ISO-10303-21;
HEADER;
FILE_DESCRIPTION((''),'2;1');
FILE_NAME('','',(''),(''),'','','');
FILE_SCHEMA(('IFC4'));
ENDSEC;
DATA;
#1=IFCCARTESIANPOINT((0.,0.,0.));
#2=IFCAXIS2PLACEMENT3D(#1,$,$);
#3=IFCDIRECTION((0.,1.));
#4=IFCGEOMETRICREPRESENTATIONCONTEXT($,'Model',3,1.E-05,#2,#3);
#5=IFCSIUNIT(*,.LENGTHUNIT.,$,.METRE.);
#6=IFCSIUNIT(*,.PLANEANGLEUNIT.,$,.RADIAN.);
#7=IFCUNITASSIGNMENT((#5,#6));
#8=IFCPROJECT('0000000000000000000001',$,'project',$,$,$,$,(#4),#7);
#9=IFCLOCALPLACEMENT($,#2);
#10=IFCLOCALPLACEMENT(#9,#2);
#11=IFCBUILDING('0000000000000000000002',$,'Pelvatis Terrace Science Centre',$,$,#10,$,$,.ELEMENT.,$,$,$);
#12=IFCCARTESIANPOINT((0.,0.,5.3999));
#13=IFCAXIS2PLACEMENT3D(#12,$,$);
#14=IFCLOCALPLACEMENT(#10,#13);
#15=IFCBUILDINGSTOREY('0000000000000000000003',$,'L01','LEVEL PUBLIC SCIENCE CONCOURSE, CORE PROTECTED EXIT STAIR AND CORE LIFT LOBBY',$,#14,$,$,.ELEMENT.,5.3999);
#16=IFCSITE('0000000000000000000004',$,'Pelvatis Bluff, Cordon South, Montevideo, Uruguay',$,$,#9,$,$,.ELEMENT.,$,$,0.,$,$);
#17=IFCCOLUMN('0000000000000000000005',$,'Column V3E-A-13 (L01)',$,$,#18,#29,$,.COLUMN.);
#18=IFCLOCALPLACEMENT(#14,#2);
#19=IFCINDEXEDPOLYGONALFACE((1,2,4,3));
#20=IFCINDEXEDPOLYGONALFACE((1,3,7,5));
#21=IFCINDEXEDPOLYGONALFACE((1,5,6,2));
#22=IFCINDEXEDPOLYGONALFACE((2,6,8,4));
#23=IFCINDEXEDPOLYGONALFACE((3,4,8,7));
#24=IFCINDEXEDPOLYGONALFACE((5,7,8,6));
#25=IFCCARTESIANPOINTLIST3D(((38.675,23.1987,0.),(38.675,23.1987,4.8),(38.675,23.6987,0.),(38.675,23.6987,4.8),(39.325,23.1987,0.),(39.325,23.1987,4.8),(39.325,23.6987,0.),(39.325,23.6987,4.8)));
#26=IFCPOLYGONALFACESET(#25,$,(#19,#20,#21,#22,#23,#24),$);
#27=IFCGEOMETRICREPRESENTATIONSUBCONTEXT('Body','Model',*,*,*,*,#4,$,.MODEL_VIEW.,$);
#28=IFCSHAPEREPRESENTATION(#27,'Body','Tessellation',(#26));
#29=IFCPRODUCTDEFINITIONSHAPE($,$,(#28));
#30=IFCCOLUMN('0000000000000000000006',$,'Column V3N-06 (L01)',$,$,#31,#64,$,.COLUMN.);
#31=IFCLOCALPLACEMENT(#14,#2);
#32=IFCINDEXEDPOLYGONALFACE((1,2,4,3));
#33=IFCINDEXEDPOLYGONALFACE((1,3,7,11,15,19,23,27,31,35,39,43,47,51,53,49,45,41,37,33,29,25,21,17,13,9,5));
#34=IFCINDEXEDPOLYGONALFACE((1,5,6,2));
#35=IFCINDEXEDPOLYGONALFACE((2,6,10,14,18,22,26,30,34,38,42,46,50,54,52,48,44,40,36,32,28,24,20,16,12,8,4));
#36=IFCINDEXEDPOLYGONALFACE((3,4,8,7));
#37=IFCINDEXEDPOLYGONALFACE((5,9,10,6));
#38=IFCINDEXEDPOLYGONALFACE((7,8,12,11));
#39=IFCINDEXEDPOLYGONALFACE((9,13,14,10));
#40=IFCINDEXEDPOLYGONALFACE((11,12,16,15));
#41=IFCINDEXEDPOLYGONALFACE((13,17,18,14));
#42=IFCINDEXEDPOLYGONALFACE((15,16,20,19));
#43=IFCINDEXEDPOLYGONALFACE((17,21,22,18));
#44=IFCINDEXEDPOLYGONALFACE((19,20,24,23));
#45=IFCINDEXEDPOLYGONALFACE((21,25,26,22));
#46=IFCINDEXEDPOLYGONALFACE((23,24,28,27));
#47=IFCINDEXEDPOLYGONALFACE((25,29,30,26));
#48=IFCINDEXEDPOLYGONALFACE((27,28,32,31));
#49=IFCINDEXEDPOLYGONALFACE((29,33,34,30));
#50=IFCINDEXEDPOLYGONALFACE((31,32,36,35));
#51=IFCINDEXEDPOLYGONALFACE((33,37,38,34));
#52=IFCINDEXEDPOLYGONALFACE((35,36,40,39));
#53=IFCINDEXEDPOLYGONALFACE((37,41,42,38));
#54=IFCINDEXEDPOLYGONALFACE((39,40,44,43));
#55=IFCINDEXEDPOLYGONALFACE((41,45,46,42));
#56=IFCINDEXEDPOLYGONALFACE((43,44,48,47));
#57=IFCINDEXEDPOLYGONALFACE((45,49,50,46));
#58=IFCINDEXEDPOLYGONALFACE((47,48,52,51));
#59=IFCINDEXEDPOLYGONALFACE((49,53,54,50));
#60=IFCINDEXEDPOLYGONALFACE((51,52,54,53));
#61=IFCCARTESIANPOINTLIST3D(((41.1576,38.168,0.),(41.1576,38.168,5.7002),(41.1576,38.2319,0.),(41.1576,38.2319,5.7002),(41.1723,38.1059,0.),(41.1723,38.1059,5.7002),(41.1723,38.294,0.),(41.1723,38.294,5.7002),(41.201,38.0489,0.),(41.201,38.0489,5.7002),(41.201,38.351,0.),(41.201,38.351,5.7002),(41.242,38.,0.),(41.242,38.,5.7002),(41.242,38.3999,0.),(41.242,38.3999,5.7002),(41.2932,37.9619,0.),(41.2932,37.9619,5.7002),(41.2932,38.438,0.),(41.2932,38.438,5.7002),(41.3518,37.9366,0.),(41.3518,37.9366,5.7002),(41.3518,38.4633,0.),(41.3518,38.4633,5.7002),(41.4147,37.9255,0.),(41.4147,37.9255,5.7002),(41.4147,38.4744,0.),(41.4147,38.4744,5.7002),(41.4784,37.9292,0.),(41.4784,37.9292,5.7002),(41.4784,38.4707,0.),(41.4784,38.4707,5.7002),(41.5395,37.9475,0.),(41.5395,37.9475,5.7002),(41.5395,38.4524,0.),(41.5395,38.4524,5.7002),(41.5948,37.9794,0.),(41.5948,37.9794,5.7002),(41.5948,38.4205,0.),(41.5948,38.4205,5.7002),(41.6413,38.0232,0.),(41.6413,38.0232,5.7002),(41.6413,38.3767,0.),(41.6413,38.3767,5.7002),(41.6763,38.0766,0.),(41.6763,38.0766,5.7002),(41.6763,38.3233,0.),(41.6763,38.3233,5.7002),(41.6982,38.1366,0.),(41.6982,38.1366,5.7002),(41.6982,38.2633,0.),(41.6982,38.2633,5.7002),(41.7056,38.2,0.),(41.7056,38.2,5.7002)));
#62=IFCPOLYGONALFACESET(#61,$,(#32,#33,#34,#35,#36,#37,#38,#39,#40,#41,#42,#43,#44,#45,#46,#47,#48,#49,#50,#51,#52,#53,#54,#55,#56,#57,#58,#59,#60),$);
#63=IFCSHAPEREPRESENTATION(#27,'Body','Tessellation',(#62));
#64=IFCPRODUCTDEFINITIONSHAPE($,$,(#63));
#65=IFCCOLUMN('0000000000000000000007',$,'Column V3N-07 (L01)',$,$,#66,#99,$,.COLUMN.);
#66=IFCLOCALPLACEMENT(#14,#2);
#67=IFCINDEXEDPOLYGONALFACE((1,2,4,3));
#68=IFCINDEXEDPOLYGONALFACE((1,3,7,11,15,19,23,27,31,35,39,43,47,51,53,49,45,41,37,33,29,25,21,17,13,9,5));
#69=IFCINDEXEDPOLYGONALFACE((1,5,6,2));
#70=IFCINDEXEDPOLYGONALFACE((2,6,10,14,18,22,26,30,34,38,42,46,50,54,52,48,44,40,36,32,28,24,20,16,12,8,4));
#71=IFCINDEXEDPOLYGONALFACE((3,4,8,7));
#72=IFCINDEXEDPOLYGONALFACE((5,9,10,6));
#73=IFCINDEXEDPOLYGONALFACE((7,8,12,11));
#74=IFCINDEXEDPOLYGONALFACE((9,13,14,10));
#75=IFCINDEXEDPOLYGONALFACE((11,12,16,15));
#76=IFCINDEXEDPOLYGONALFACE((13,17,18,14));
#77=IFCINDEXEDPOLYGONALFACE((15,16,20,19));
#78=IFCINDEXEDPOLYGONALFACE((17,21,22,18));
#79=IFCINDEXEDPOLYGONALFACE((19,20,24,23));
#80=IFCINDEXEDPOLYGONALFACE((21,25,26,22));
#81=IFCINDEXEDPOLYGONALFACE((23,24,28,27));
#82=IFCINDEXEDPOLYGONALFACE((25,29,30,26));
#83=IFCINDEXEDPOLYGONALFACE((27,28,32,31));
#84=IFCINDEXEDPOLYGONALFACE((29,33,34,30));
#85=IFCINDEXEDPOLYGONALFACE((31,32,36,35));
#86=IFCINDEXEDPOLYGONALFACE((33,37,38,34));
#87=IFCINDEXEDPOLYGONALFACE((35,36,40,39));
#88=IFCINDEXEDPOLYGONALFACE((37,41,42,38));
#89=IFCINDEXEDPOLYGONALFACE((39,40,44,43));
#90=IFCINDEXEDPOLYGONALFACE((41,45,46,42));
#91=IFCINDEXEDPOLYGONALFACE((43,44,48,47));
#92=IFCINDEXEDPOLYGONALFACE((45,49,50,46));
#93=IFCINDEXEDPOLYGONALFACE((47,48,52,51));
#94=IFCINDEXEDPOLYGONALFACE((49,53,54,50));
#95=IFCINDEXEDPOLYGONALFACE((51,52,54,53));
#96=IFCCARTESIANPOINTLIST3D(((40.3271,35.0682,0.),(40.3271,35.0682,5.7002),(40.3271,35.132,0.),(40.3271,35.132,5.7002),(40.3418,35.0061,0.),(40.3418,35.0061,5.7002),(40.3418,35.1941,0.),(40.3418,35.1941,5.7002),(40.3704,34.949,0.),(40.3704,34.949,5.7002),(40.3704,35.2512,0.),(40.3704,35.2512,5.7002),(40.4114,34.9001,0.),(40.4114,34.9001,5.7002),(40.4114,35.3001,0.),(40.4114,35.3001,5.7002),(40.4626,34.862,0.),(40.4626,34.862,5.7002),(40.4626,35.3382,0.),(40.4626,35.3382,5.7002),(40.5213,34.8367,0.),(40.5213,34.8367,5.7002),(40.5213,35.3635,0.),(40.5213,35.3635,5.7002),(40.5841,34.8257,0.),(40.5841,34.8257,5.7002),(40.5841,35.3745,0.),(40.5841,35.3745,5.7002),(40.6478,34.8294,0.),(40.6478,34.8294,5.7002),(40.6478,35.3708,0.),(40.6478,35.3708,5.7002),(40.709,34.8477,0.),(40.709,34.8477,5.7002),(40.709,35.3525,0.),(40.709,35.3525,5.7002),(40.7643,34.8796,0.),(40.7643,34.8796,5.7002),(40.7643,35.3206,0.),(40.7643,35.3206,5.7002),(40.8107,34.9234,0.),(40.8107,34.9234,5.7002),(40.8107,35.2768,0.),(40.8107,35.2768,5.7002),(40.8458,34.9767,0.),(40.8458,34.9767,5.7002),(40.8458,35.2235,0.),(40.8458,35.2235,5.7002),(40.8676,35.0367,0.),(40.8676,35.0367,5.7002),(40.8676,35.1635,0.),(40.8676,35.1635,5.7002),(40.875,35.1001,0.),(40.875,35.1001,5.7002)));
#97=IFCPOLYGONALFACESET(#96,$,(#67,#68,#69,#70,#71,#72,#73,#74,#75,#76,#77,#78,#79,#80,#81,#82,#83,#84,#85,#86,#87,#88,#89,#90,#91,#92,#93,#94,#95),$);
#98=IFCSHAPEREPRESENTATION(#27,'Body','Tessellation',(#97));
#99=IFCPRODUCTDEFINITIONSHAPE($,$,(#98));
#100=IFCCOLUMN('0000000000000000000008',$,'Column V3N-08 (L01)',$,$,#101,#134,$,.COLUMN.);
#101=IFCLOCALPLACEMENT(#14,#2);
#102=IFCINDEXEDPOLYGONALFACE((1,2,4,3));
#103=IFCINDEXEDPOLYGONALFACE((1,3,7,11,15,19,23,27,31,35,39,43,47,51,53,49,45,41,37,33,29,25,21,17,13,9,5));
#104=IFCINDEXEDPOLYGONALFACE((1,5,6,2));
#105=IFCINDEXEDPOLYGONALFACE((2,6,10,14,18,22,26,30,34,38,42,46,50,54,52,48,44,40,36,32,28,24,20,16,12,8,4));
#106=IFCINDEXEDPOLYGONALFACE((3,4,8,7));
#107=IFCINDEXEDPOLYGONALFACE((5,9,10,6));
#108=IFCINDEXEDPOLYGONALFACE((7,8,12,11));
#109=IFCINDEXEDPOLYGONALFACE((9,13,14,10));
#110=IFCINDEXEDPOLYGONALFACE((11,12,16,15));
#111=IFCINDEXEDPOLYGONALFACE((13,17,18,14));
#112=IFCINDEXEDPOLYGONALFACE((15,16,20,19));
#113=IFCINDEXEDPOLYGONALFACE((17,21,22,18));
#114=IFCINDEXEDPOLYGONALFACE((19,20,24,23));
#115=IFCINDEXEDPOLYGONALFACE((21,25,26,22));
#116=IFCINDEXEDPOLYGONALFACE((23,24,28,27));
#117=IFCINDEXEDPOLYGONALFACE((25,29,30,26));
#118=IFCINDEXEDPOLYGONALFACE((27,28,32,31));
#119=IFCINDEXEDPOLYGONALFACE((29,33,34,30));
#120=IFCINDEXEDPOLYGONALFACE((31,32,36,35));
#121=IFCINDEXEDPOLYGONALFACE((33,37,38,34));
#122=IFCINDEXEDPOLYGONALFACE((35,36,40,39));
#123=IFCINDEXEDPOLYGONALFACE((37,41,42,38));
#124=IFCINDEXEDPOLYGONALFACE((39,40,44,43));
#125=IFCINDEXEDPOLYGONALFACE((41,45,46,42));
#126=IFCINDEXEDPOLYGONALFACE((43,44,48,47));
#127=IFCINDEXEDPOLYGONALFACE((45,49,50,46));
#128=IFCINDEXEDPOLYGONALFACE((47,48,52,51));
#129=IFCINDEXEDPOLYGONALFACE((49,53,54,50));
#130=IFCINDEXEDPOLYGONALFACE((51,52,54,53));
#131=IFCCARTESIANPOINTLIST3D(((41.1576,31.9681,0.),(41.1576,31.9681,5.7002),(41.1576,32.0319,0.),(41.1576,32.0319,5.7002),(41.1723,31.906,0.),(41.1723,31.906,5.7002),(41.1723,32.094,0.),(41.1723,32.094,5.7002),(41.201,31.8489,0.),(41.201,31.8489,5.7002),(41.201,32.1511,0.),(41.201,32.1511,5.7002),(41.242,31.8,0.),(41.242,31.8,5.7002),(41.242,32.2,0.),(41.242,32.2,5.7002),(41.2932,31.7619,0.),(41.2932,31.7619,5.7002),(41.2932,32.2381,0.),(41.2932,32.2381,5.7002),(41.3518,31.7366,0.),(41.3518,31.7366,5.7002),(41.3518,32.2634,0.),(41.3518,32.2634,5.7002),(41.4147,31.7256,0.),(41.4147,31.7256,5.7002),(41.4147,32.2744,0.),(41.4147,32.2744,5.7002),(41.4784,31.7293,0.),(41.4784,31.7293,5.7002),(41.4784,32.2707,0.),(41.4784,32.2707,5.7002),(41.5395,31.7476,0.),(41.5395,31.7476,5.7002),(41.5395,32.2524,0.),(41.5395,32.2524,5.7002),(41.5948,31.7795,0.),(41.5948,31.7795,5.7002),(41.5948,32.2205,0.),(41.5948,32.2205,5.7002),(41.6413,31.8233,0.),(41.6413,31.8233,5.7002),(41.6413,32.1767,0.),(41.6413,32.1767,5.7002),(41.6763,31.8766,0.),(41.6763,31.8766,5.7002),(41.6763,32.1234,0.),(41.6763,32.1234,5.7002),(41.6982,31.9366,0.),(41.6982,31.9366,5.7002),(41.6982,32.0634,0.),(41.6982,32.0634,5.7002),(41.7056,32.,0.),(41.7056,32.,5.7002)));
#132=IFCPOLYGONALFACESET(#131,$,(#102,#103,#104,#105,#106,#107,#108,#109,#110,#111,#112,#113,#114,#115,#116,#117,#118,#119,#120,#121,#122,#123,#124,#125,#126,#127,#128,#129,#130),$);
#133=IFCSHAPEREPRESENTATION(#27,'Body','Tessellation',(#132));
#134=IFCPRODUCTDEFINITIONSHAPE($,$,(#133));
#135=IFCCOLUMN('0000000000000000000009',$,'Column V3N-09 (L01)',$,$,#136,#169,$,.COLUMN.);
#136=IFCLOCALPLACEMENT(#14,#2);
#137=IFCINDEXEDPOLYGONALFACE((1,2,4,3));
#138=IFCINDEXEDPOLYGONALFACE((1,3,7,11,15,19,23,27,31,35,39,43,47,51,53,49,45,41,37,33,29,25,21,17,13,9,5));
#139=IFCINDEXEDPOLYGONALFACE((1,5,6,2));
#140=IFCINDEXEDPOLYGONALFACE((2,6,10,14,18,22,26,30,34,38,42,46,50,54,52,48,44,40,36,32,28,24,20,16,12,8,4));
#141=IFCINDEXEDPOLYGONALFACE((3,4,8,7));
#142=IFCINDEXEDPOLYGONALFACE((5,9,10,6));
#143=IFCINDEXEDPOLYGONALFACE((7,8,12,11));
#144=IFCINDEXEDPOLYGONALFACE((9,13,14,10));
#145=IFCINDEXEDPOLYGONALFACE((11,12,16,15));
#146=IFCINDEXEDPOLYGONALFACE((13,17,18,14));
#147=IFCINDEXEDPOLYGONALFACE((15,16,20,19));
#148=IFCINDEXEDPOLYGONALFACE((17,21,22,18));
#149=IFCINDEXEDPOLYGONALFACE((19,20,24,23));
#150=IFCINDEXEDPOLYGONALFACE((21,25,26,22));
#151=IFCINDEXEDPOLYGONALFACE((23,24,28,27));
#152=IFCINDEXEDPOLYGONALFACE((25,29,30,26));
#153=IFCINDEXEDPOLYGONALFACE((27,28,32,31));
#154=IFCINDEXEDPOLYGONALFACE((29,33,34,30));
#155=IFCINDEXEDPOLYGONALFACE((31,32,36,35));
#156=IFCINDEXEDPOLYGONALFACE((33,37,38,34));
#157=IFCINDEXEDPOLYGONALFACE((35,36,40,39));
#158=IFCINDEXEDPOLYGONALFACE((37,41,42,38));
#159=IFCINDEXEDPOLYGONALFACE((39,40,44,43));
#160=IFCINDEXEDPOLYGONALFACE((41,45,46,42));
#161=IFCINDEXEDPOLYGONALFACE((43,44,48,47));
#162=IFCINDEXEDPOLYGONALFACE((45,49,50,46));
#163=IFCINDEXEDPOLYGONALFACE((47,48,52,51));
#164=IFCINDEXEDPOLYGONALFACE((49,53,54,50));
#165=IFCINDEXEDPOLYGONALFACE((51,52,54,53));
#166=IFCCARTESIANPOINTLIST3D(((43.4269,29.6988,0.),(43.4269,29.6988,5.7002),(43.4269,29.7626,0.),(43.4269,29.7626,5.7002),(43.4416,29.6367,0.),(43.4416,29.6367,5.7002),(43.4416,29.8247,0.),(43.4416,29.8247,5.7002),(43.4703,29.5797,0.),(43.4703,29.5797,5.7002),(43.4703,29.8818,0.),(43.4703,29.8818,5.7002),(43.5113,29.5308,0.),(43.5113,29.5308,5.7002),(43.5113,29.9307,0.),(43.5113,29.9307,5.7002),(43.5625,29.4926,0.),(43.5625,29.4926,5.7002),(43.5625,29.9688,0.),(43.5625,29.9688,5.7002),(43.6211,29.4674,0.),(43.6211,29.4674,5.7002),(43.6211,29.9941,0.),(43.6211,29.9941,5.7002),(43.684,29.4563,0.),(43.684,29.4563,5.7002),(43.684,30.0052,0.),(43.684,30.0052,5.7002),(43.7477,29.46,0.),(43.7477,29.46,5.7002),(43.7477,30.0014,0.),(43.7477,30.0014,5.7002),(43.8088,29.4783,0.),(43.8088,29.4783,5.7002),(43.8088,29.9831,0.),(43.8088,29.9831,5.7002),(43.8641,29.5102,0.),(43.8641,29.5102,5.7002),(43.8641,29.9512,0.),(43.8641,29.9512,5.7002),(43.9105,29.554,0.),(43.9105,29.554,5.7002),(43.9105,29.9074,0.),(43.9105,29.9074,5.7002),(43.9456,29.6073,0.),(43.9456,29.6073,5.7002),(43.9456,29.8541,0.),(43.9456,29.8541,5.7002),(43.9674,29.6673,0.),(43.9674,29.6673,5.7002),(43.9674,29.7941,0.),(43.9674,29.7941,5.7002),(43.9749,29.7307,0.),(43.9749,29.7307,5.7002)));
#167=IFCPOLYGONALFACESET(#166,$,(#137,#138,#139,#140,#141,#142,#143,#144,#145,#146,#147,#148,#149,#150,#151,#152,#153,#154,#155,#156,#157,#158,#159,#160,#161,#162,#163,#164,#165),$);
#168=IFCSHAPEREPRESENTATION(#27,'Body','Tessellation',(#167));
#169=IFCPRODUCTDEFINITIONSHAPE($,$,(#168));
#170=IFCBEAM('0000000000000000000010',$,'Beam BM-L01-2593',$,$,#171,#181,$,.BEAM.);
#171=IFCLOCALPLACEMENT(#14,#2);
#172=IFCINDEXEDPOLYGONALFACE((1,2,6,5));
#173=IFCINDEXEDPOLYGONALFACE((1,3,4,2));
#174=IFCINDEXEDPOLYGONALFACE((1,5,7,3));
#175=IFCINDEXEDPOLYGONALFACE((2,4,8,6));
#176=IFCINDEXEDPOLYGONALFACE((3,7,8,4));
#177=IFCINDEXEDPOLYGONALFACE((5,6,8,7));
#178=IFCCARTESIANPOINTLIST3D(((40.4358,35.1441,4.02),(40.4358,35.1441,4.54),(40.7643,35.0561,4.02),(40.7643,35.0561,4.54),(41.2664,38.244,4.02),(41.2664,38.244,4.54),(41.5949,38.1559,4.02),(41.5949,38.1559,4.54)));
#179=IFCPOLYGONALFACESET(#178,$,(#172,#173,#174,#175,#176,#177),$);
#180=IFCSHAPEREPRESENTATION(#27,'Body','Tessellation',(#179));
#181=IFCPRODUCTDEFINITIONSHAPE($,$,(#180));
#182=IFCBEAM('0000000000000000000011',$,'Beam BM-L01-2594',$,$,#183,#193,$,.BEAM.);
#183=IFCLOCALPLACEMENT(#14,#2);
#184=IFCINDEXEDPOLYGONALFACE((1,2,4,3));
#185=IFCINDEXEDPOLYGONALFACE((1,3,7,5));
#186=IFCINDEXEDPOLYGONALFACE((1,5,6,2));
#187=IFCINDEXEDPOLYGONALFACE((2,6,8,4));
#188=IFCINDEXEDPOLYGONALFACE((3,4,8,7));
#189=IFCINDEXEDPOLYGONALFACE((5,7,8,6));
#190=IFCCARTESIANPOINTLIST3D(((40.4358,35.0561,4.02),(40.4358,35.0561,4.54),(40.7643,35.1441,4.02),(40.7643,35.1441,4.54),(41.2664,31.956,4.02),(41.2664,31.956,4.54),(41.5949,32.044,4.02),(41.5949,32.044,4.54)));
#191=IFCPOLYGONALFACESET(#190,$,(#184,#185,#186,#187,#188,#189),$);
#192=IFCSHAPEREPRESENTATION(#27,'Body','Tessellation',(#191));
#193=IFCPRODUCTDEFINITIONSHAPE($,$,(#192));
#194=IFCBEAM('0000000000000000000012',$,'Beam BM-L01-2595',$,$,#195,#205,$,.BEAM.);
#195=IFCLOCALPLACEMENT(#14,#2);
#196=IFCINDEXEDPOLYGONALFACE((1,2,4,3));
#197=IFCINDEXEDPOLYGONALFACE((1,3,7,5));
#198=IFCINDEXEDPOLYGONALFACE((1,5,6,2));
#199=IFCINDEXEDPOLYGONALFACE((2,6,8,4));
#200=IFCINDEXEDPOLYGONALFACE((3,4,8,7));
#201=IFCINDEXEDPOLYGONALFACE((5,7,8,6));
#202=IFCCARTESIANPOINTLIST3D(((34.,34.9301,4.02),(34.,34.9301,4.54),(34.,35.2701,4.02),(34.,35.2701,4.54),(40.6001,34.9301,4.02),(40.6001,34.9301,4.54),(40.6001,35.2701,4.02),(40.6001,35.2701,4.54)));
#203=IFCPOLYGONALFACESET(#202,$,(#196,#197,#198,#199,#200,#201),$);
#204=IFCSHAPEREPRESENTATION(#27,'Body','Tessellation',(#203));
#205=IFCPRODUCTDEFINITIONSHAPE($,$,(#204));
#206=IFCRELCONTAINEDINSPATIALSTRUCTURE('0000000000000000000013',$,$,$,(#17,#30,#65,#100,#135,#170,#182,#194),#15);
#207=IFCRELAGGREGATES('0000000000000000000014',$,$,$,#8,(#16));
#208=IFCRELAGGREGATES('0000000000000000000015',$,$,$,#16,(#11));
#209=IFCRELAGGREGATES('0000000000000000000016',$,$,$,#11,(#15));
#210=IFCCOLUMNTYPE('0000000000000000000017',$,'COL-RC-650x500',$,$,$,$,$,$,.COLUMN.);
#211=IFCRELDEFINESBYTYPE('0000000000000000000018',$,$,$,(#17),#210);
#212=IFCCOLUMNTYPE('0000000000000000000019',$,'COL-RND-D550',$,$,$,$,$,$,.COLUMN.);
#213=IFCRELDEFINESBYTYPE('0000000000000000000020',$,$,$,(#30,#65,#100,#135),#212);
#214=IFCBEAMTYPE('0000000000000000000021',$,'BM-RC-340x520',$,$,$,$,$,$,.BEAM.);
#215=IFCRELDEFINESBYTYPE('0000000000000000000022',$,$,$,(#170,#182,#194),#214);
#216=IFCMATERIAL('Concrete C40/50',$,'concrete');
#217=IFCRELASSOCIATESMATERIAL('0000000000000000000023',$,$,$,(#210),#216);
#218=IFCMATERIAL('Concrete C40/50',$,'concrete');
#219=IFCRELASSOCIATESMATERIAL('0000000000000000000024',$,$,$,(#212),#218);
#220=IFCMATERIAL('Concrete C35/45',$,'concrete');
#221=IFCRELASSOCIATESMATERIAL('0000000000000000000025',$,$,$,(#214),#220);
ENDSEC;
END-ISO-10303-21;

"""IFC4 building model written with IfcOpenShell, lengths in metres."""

from ifc_helpers import new_model, si_unit, direction, frame, origin, origin_2d, place, context, subcontext, project, spatial, rectangle, circle, extrude, material, material_profile, profile_set, type_object, element, save


model = new_model("IFC4")

# Units and contexts
model_context = context("Model", 3, precision=1e-05, world=origin(), true_north=direction((0.0, 1.0)))
body_context = subcontext(model_context, "Body", "Model", "MODEL_VIEW")
ifc_project = project(units=[si_unit("LENGTHUNIT", "METRE"), si_unit("PLANEANGLEUNIT", "RADIAN")], contexts=[model_context])

# Site, building, storey
site_placement = place(None, origin())
site = spatial("IfcSite", under=ifc_project, at=site_placement, Name="Pelvatis Bluff, Cordon South, Montevideo, Uruguay", CompositionType="ELEMENT", RefElevation=0.0)
building_placement = place(site_placement, origin())
building = spatial("IfcBuilding", under=site, at=building_placement, Name="Pelvatis Terrace Science Centre", CompositionType="ELEMENT")
storey_placement = place(building_placement, frame((0.0, 0.0, 5.3999)))
storey = spatial("IfcBuildingStorey", under=building, at=storey_placement, Name="L01", Description="LEVEL PUBLIC SCIENCE CONCOURSE, CORE PROTECTED EXIT STAIR AND CORE LIFT LOBBY", CompositionType="ELEMENT", Elevation=5.3999)

# Columns
ifc_material_1 = material(Name="Concrete C40/50", Category="concrete")
ifc_material_profile_1 = material_profile(ifc_material_1, rectangle(XDim=0.6499, YDim=0.5, at=origin_2d()), Name="RC-COL 650x500")
ifc_profile_set_1 = profile_set([ifc_material_profile_1], Name="Concrete C40/50")
column_type_1 = type_object("IfcColumnType", Name="COL-RC-650x500", PredefinedType="COLUMN", material=ifc_profile_set_1)
column_placement = place(storey_placement, frame((39.0, 23.4487, 0.0), z_axis=(0.0, 0.0, 1.0), x_axis=(1.0, 0.0, 0.0)))
element("IfcColumn", 1, at=column_placement, inside=storey, type_object=column_type_1, Name="Column V3E-A-13 (L01)", PredefinedType="COLUMN", context=body_context, shape_type="SweptSolid", body=[
    extrude(rectangle(XDim=0.6499, YDim=0.5, at=origin_2d()), origin(), (0.0, 0.0, 1.0), 4.8),
])
ifc_material_2 = material(Name="Concrete C40/50", Category="concrete")
ifc_material_profile_2 = material_profile(ifc_material_2, circle(Radius=0.2749, at=origin_2d()), Name="RC-RCOL D550")
ifc_profile_set_2 = profile_set([ifc_material_profile_2], Name="Concrete C40/50")
column_type_2 = type_object("IfcColumnType", Name="COL-RND-D550", PredefinedType="COLUMN", material=ifc_profile_set_2)
for number, where, z_axis, x_axis, name in (
    (2, (41.4307, 38.2, 0.0), (0.0, 0.0, 1.0), (1.0, 0.0, 0.0), "Column V3N-06 (L01)"),
    (3, (40.6001, 35.1001, 0.0), (0.0, 0.0, 1.0), (1.0, 0.0, 0.0), "Column V3N-07 (L01)"),
    (4, (41.4307, 32.0, 0.0), (0.0, 0.0, 1.0), (1.0, 0.0, 0.0), "Column V3N-08 (L01)"),
    (5, (43.7, 29.7307, 0.0), (0.0, 0.0, 1.0), (1.0, 0.0, 0.0), "Column V3N-09 (L01)"),
):
    element("IfcColumn", number, at=place(storey_placement, frame(where, z_axis=z_axis, x_axis=x_axis)), inside=storey, type_object=column_type_2, Name=name, PredefinedType="COLUMN", context=body_context, shape_type="SweptSolid", body=[
        extrude(circle(Radius=0.2749, at=origin_2d()), origin(), (0.0, 0.0, 1.0), 5.7002),
    ])

# Beams
ifc_material_3 = material(Name="Concrete C35/45", Category="concrete")
ifc_material_profile_3 = material_profile(ifc_material_3, rectangle(XDim=0.3401, YDim=0.52, at=origin_2d()), Name="RC-BM 340x520")
ifc_profile_set_3 = profile_set([ifc_material_profile_3], Name="Concrete C35/45")
beam_type_1 = type_object("IfcBeamType", Name="BM-RC-340x520", PredefinedType="BEAM", material=ifc_profile_set_3)
beam_1_placement = place(storey_placement, frame((41.4307, 38.2, 4.28), z_axis=(-0.258808, -0.965929, 0.0), x_axis=(0.965929, -0.258808, 0.0)))
element("IfcBeam", 6, at=beam_1_placement, inside=storey, type_object=beam_type_1, Name="Beam BM-L01-2593", PredefinedType="BEAM", context=body_context, shape_type="SweptSolid", body=[
    extrude(rectangle(XDim=0.3401, YDim=0.52, at=origin_2d()), origin(), (0.0, 0.0, 1.0), 3.2092),
])
beam_2_placement = place(storey_placement, frame((40.6001, 35.1001, 4.28), z_axis=(0.258789, -0.965934, 0.0), x_axis=(0.965934, 0.258789, 0.0)))
element("IfcBeam", 7, at=beam_2_placement, inside=storey, type_object=beam_type_1, Name="Beam BM-L01-2594", PredefinedType="BEAM", context=body_context, shape_type="SweptSolid", body=[
    extrude(rectangle(XDim=0.3401, YDim=0.52, at=origin_2d()), origin(), (0.0, 0.0, 1.0), 3.2095),
])
beam_3_placement = place(storey_placement, frame((40.6001, 35.1001, 4.28), z_axis=(-1.0, 0.0, 0.0), x_axis=(0.0, -1.0, 0.0)))
element("IfcBeam", 8, at=beam_3_placement, inside=storey, type_object=beam_type_1, Name="Beam BM-L01-2595", PredefinedType="BEAM", context=body_context, shape_type="SweptSolid", body=[
    extrude(rectangle(XDim=0.3401, YDim=0.52, at=origin_2d()), origin(), (0.0, 0.0, 1.0), 6.6001),
])

save(model, "model.ifc")
